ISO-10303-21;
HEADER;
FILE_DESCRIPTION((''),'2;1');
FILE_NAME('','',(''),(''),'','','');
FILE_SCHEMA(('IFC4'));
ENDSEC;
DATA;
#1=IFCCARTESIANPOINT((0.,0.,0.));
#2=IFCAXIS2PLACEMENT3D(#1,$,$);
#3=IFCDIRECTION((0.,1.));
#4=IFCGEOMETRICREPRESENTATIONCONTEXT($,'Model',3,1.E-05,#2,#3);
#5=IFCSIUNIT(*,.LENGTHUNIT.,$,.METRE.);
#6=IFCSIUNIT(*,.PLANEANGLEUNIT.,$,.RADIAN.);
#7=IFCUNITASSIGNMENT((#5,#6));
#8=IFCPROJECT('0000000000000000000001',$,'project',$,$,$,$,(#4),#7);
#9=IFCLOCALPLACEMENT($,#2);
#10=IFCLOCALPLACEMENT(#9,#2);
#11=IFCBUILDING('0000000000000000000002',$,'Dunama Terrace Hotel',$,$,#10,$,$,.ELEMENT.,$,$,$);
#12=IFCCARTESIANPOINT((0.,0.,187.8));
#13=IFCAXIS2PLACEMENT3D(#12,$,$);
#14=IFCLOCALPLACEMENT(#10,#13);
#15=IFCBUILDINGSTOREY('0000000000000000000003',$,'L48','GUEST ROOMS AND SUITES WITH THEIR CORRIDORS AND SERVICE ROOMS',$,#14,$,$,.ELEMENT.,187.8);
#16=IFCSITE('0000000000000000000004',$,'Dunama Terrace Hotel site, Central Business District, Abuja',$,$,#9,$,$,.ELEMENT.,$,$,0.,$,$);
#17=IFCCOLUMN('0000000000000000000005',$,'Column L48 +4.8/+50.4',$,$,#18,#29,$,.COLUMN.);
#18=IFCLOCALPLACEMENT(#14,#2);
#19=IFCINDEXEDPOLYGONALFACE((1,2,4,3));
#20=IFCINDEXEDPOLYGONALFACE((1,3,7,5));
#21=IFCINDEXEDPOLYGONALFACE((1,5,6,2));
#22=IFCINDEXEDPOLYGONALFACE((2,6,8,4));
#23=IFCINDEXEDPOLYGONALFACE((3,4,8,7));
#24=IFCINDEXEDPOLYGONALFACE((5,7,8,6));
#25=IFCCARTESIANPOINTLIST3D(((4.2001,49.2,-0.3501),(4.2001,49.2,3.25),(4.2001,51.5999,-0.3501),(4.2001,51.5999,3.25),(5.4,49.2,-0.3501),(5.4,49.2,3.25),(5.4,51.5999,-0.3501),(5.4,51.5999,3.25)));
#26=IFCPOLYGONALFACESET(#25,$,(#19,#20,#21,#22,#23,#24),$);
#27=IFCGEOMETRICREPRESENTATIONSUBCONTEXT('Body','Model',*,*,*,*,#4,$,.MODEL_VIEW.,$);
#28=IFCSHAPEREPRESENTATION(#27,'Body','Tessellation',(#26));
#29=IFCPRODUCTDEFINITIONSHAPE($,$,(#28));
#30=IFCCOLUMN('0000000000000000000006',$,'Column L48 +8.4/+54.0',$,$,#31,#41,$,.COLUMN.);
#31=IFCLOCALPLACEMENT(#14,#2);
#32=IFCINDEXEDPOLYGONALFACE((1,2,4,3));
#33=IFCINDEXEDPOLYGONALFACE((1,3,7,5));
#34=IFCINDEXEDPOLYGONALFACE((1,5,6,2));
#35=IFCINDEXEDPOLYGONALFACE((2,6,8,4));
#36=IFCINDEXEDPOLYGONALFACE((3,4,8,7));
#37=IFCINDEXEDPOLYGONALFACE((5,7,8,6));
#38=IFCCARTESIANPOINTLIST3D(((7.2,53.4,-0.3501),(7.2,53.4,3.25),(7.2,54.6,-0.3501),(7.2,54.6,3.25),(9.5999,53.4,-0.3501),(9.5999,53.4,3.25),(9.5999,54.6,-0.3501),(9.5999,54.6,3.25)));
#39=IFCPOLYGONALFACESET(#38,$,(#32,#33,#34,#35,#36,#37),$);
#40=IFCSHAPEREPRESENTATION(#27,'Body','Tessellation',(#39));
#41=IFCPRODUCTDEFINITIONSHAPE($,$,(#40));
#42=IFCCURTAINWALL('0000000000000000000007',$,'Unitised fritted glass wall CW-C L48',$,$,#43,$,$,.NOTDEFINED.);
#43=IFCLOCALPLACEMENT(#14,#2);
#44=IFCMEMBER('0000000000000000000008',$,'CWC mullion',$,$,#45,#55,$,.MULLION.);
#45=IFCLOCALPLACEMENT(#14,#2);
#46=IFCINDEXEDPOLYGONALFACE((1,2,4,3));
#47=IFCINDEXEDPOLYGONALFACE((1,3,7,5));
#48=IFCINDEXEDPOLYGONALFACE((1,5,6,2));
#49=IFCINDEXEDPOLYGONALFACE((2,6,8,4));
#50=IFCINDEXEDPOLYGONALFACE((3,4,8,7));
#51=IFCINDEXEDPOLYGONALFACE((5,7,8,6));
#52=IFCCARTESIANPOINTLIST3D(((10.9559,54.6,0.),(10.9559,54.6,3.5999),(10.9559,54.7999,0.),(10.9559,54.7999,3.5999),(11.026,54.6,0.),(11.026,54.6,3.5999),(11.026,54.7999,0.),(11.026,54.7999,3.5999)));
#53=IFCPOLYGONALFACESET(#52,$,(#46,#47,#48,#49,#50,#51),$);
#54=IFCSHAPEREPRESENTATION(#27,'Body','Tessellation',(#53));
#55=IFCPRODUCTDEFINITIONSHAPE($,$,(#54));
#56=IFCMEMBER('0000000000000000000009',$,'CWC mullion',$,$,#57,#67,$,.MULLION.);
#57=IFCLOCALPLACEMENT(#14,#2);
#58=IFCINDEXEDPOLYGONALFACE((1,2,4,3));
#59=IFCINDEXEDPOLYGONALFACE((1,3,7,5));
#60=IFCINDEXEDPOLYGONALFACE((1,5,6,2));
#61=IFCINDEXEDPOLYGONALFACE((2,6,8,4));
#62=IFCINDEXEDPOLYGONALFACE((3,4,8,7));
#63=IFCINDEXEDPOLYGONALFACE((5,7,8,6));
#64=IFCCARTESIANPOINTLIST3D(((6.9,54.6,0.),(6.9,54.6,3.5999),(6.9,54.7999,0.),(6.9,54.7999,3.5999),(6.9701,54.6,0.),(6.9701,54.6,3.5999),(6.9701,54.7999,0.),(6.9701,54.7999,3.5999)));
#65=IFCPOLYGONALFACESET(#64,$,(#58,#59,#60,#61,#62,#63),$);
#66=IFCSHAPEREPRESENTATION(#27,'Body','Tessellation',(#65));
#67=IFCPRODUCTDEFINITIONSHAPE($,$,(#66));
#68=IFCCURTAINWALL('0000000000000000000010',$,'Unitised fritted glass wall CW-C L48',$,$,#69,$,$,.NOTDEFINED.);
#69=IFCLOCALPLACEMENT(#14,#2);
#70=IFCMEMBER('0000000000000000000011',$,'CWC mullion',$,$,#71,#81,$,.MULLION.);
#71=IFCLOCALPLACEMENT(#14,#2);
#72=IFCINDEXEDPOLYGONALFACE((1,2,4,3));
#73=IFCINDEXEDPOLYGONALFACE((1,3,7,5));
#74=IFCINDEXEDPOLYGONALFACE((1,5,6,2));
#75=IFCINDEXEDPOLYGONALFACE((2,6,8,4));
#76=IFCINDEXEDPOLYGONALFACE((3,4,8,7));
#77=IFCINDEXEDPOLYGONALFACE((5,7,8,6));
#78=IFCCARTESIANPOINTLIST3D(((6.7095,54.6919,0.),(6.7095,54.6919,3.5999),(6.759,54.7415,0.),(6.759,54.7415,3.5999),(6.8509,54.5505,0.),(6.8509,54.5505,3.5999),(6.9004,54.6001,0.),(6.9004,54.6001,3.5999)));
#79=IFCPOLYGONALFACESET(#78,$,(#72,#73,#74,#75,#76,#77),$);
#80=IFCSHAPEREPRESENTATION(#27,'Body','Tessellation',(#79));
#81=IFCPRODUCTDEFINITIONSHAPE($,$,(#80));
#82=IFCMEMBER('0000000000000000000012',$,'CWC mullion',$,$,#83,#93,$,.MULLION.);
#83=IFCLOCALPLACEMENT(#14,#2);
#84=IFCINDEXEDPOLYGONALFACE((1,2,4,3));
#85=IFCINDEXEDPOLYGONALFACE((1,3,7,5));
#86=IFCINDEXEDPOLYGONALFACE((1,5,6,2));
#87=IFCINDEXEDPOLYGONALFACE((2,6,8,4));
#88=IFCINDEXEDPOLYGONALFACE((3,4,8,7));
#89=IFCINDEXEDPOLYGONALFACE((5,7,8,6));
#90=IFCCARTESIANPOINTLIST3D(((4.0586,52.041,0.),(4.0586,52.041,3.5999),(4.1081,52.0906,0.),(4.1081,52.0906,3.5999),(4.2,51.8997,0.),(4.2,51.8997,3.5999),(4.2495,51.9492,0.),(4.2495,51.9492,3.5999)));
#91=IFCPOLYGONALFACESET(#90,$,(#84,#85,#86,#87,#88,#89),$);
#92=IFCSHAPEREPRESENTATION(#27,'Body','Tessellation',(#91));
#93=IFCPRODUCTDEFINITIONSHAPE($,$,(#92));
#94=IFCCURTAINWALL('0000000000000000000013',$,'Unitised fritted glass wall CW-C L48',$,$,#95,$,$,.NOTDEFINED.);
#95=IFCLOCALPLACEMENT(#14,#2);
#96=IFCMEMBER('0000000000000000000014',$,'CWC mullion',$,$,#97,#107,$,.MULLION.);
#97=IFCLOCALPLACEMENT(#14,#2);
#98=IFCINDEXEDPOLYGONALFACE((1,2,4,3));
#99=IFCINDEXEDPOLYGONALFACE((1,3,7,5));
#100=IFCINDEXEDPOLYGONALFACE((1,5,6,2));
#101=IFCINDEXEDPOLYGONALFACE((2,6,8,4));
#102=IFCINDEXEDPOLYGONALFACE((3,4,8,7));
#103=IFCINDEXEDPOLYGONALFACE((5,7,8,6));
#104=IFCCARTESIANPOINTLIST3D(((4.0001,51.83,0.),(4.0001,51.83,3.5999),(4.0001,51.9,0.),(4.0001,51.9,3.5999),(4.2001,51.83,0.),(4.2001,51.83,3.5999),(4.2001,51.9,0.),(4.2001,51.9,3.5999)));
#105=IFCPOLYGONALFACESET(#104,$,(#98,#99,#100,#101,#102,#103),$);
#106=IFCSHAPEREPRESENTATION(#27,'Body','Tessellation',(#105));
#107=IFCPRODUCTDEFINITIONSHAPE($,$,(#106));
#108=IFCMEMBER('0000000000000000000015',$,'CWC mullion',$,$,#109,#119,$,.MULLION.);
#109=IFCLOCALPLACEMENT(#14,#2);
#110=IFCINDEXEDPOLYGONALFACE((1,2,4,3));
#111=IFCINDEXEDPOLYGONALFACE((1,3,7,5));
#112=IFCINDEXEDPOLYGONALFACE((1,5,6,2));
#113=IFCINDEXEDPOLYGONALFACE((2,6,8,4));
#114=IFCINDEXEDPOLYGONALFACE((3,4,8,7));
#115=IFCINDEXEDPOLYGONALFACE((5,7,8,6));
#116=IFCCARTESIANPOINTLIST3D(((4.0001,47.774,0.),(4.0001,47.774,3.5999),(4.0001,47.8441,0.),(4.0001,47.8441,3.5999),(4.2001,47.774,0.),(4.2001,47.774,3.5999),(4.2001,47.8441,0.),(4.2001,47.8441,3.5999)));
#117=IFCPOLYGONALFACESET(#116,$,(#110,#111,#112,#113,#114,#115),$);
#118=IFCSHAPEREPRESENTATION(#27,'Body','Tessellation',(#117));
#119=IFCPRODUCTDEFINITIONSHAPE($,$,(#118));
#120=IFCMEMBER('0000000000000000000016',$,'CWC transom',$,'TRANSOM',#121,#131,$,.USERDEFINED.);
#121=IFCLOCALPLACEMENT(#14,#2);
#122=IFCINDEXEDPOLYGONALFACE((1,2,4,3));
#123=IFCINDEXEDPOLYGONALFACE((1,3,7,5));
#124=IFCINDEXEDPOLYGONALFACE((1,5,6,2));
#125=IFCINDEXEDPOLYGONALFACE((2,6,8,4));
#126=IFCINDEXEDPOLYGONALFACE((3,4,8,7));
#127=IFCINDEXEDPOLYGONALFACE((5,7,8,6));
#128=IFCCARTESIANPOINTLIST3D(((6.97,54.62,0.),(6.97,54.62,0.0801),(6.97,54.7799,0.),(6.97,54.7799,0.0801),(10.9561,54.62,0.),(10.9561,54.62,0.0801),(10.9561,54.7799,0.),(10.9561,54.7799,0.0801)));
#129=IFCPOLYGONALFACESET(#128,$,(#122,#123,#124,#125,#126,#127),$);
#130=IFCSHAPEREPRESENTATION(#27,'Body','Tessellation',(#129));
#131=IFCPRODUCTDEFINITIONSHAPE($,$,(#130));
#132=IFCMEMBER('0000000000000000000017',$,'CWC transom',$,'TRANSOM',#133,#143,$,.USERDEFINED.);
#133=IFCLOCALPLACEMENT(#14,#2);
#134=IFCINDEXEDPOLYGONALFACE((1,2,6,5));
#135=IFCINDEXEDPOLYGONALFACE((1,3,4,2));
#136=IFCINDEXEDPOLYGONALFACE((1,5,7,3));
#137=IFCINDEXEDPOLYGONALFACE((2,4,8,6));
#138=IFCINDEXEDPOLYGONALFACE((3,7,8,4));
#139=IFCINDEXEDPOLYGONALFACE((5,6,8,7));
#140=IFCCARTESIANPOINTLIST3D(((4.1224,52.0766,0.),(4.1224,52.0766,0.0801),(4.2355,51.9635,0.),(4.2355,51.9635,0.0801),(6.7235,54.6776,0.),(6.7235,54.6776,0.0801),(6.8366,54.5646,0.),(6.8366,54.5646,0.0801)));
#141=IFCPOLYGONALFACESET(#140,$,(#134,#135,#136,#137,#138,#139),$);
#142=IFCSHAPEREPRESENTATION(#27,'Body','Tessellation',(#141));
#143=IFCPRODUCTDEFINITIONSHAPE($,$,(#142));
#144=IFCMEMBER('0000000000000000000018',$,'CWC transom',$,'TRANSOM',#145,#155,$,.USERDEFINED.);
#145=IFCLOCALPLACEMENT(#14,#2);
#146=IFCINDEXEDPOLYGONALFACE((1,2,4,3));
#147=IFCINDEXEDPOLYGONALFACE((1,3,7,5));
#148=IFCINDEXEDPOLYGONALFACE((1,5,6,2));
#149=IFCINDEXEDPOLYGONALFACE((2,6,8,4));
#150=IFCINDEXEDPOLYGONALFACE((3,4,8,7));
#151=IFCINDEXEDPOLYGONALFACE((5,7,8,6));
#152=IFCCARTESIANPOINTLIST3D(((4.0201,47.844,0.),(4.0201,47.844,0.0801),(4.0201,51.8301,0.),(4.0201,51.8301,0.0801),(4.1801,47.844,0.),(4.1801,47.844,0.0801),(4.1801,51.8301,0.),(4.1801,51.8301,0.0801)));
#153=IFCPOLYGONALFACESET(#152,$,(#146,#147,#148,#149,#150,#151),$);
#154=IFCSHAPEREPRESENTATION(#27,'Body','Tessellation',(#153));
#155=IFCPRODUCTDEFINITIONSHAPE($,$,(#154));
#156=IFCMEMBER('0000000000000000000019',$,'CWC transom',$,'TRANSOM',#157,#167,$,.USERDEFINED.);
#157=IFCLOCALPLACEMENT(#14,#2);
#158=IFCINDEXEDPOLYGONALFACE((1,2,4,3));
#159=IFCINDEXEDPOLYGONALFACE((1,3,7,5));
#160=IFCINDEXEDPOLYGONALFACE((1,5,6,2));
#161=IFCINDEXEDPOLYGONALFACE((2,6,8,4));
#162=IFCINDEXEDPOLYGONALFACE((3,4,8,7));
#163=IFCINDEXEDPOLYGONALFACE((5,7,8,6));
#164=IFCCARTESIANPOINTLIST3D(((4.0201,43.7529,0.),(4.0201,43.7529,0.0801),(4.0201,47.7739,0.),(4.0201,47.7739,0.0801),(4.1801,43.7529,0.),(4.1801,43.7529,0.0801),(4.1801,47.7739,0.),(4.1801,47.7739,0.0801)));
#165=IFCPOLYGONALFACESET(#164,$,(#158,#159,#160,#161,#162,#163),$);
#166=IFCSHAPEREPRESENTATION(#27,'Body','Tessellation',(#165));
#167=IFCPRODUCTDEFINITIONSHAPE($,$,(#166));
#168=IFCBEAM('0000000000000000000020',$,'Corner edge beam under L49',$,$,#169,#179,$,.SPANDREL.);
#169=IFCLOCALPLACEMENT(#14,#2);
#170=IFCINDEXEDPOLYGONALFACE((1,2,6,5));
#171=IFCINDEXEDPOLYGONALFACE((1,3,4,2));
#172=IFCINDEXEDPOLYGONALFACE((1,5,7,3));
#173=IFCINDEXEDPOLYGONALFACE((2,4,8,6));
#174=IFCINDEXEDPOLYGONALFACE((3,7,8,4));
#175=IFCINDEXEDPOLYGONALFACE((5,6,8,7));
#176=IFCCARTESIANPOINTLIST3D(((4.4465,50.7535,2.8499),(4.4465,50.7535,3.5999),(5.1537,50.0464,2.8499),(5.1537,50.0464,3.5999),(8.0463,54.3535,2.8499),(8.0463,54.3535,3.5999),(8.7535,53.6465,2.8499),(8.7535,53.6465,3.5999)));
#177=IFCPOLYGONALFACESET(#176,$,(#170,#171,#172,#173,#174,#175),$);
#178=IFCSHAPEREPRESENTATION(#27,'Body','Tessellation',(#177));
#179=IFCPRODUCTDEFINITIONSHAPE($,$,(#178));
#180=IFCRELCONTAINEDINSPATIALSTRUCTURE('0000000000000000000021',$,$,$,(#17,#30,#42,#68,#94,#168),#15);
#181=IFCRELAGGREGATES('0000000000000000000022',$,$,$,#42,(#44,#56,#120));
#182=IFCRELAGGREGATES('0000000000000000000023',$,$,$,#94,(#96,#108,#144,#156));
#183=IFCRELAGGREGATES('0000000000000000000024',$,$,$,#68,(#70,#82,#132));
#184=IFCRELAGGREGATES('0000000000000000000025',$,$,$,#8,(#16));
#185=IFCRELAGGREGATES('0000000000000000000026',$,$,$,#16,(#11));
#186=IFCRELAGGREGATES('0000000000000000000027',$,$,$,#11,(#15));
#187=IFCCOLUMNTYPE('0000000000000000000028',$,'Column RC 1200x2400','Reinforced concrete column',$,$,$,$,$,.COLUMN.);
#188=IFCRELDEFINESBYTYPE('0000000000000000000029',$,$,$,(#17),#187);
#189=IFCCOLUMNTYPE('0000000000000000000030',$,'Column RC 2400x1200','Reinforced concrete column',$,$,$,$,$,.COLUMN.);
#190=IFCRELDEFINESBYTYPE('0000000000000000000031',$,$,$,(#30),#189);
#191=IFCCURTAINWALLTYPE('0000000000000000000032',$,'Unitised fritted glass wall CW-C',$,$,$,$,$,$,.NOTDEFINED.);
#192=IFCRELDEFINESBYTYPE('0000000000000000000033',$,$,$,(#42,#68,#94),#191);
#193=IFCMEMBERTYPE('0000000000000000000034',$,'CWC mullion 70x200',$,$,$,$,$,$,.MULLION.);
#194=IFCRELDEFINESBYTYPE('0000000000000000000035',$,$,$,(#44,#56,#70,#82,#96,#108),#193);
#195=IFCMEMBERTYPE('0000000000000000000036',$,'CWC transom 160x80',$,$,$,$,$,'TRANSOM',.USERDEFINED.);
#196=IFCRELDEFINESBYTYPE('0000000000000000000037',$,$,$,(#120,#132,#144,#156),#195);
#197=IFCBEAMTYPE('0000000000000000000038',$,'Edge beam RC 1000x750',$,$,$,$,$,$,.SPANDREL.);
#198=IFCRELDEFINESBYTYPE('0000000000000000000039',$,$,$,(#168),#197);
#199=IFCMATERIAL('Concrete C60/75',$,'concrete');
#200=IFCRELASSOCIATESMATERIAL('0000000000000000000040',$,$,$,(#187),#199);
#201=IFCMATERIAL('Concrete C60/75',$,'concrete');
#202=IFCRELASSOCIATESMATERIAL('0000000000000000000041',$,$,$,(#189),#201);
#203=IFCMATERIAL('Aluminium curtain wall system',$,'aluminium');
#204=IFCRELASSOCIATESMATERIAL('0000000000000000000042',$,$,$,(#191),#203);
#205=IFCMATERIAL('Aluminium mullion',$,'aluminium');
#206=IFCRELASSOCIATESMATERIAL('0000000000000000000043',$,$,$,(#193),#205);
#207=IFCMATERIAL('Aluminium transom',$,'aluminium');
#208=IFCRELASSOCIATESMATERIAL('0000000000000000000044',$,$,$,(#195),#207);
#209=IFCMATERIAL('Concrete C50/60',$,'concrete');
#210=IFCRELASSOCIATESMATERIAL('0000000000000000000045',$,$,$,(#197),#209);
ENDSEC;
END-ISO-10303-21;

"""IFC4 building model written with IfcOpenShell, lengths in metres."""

from ifc_helpers import new_model, si_unit, direction, frame, origin, origin_2d, place, context, subcontext, project, spatial, rectangle, extrude, material, material_profile, profile_set, type_object, element, aggregate, save


model = new_model("IFC4")

# Units and contexts
model_context = context("Model", 3, precision=1e-05, world=origin(), true_north=direction((0.0, 1.0)))
body_context = subcontext(model_context, "Body", "Model", "MODEL_VIEW")
ifc_project = project(units=[si_unit("LENGTHUNIT", "METRE"), si_unit("PLANEANGLEUNIT", "RADIAN")], contexts=[model_context])

# Site, building, storey
site_placement = place(None, origin())
site = spatial("IfcSite", under=ifc_project, at=site_placement, Name="Dunama Terrace Hotel site, Central Business District, Abuja", CompositionType="ELEMENT", RefElevation=0.0)
building_placement = place(site_placement, origin())
building = spatial("IfcBuilding", under=site, at=building_placement, Name="Dunama Terrace Hotel", CompositionType="ELEMENT")
storey_placement = place(building_placement, frame((0.0, 0.0, 187.8)))
storey = spatial("IfcBuildingStorey", under=building, at=storey_placement, Name="L48", Description="GUEST ROOMS AND SUITES WITH THEIR CORRIDORS AND SERVICE ROOMS", CompositionType="ELEMENT", Elevation=187.8)

# Columns
ifc_material_1 = material(Name="Concrete C60/75", Category="concrete")
ifc_material_profile_1 = material_profile(ifc_material_1, rectangle(XDim=1.2, YDim=2.3999, at=origin_2d()), Name="RC 1200x2400")
ifc_profile_set_1 = profile_set([ifc_material_profile_1], Name="Concrete C60/75")
column_type_1 = type_object("IfcColumnType", Name="Column RC 1200x2400", Description="Reinforced concrete column", PredefinedType="COLUMN", material=ifc_profile_set_1)
column_1_placement = place(storey_placement, frame((4.8, 50.3999, -0.3501), z_axis=(0.0, 0.0, 1.0), x_axis=(1.0, 0.0, 0.0)))
element("IfcColumn", 1, at=column_1_placement, inside=storey, type_object=column_type_1, Name="Column L48 +4.8/+50.4", PredefinedType="COLUMN", context=body_context, shape_type="SweptSolid", body=[
    extrude(rectangle(XDim=1.2, YDim=2.3999, at=origin_2d()), origin(), (0.0, 0.0, 1.0), 3.6001),
])
ifc_material_2 = material(Name="Concrete C60/75", Category="concrete")
ifc_material_profile_2 = material_profile(ifc_material_2, rectangle(XDim=2.3999, YDim=1.2, at=origin_2d()), Name="RC 2400x1200")
ifc_profile_set_2 = profile_set([ifc_material_profile_2], Name="Concrete C60/75")
column_type_2 = type_object("IfcColumnType", Name="Column RC 2400x1200", Description="Reinforced concrete column", PredefinedType="COLUMN", material=ifc_profile_set_2)
column_2_placement = place(storey_placement, frame((8.3999, 54.0, -0.3501), z_axis=(0.0, 0.0, 1.0), x_axis=(1.0, 0.0, 0.0)))
element("IfcColumn", 2, at=column_2_placement, inside=storey, type_object=column_type_2, Name="Column L48 +8.4/+54.0", PredefinedType="COLUMN", context=body_context, shape_type="SweptSolid", body=[
    extrude(rectangle(XDim=2.3999, YDim=1.2, at=origin_2d()), origin(), (0.0, 0.0, 1.0), 3.6001),
])

# Curtain walls, members
ifc_material_3 = material(Name="Aluminium curtain wall system", Category="aluminium")
curtain_wall_type = type_object("IfcCurtainWallType", Name="Unitised fritted glass wall CW-C", PredefinedType="NOTDEFINED", material=ifc_material_3)
curtain_wall_1_placement = place(storey_placement, origin())
curtain_wall_1 = element("IfcCurtainWall", 3, at=curtain_wall_1_placement, inside=storey, type_object=curtain_wall_type, Name="Unitised fritted glass wall CW-C L48", PredefinedType="NOTDEFINED")
ifc_material_4 = material(Name="Aluminium mullion", Category="aluminium")
ifc_material_profile_3 = material_profile(ifc_material_4, rectangle(XDim=0.0701, YDim=0.2, at=origin_2d()), Name="CWC MULLION 70X200")
ifc_profile_set_3 = profile_set([ifc_material_profile_3], Name="Aluminium mullion")
member_type_1 = type_object("IfcMemberType", Name="CWC mullion 70x200", PredefinedType="MULLION", material=ifc_profile_set_3)
member_1_placement = place(storey_placement, frame((10.991, 54.7, 0.0), z_axis=(0.0, 0.0, 1.0), x_axis=(-1.0, 0.0, 0.0)))
member_1 = element("IfcMember", 4, at=member_1_placement, type_object=member_type_1, Name="CWC mullion", PredefinedType="MULLION", context=body_context, shape_type="SweptSolid", body=[
    extrude(rectangle(XDim=0.0701, YDim=0.2, at=origin_2d()), origin(), (0.0, 0.0, 1.0), 3.5999),
])
member_2_placement = place(storey_placement, frame((6.9351, 54.7, 0.0), z_axis=(0.0, 0.0, 1.0), x_axis=(-1.0, 0.0, 0.0)))
member_2 = element("IfcMember", 5, at=member_2_placement, type_object=member_type_1, Name="CWC mullion", PredefinedType="MULLION", context=body_context, shape_type="SweptSolid", body=[
    extrude(rectangle(XDim=0.0701, YDim=0.2, at=origin_2d()), origin(), (0.0, 0.0, 1.0), 3.5999),
])
curtain_wall_2_placement = place(storey_placement, origin())
curtain_wall_2 = element("IfcCurtainWall", 6, at=curtain_wall_2_placement, inside=storey, type_object=curtain_wall_type, Name="Unitised fritted glass wall CW-C L48", PredefinedType="NOTDEFINED")
member_3_placement = place(storey_placement, frame((6.8049, 54.646, 0.0), z_axis=(0.0, 0.0, 1.0), x_axis=(-0.707107, -0.707107, 0.0)))
member_3 = element("IfcMember", 7, at=member_3_placement, type_object=member_type_1, Name="CWC mullion", PredefinedType="MULLION", context=body_context, shape_type="SweptSolid", body=[
    extrude(rectangle(XDim=0.0701, YDim=0.2, at=origin_2d()), origin(), (0.0, 0.0, 1.0), 3.5999),
])
member_4_placement = place(storey_placement, frame((4.1541, 51.9951, 0.0), z_axis=(0.0, 0.0, 1.0), x_axis=(-0.707107, -0.707107, 0.0)))
member_4 = element("IfcMember", 8, at=member_4_placement, type_object=member_type_1, Name="CWC mullion", PredefinedType="MULLION", context=body_context, shape_type="SweptSolid", body=[
    extrude(rectangle(XDim=0.0701, YDim=0.2, at=origin_2d()), origin(), (0.0, 0.0, 1.0), 3.5999),
])
curtain_wall_3_placement = place(storey_placement, origin())
curtain_wall_3 = element("IfcCurtainWall", 9, at=curtain_wall_3_placement, inside=storey, type_object=curtain_wall_type, Name="Unitised fritted glass wall CW-C L48", PredefinedType="NOTDEFINED")
member_5_placement = place(storey_placement, frame((4.1001, 51.865, 0.0), z_axis=(0.0, 0.0, 1.0), x_axis=(0.0, -1.0, 0.0)))
member_5 = element("IfcMember", 10, at=member_5_placement, type_object=member_type_1, Name="CWC mullion", PredefinedType="MULLION", context=body_context, shape_type="SweptSolid", body=[
    extrude(rectangle(XDim=0.0701, YDim=0.2, at=origin_2d()), origin(), (0.0, 0.0, 1.0), 3.5999),
])
member_6_placement = place(storey_placement, frame((4.1001, 47.8091, 0.0), z_axis=(0.0, 0.0, 1.0), x_axis=(0.0, -1.0, 0.0)))
member_6 = element("IfcMember", 11, at=member_6_placement, type_object=member_type_1, Name="CWC mullion", PredefinedType="MULLION", context=body_context, shape_type="SweptSolid", body=[
    extrude(rectangle(XDim=0.0701, YDim=0.2, at=origin_2d()), origin(), (0.0, 0.0, 1.0), 3.5999),
])

# Members
ifc_material_5 = material(Name="Aluminium transom", Category="aluminium")
ifc_material_profile_4 = material_profile(ifc_material_5, rectangle(XDim=0.1599, YDim=0.0801, at=origin_2d()), Name="CWC TRANSOM 160X80")
ifc_profile_set_4 = profile_set([ifc_material_profile_4], Name="Aluminium transom")
member_type_2 = type_object("IfcMemberType", Name="CWC transom 160x80", ElementType="TRANSOM", PredefinedType="USERDEFINED", material=ifc_profile_set_4)
member_7_placement = place(storey_placement, frame((10.9561, 54.7, 0.04), z_axis=(-1.0, 0.0, 0.0), x_axis=(0.0, -1.0, 0.0)))
member_7 = element("IfcMember", 12, at=member_7_placement, type_object=member_type_2, Name="CWC transom", ObjectType="TRANSOM", PredefinedType="USERDEFINED", context=body_context, shape_type="SweptSolid", body=[
    extrude(rectangle(XDim=0.1599, YDim=0.0801, at=origin_2d()), origin(), (0.0, 0.0, 1.0), 3.9861),
])
member_8_placement = place(storey_placement, frame((6.78, 54.6211, 0.04), z_axis=(-0.707107, -0.707107, 0.0), x_axis=(0.707107, -0.707107, 0.0)))
member_8 = element("IfcMember", 13, at=member_8_placement, type_object=member_type_2, Name="CWC transom", ObjectType="TRANSOM", PredefinedType="USERDEFINED", context=body_context, shape_type="SweptSolid", body=[
    extrude(rectangle(XDim=0.1599, YDim=0.0801, at=origin_2d()), origin(), (0.0, 0.0, 1.0), 3.6785),
])
member_9_placement = place(storey_placement, frame((4.1001, 51.8301, 0.04), z_axis=(0.0, -1.0, 0.0), x_axis=(1.0, 0.0, 0.0)))
member_9 = element("IfcMember", 14, at=member_9_placement, type_object=member_type_2, Name="CWC transom", ObjectType="TRANSOM", PredefinedType="USERDEFINED", context=body_context, shape_type="SweptSolid", body=[
    extrude(rectangle(XDim=0.1599, YDim=0.0801, at=origin_2d()), origin(), (0.0, 0.0, 1.0), 3.9861),
])
member_10_placement = place(storey_placement, frame((4.1001, 47.7739, 0.04), z_axis=(0.0, -1.0, 0.0), x_axis=(1.0, 0.0, 0.0)))
member_10 = element("IfcMember", 15, at=member_10_placement, type_object=member_type_2, Name="CWC transom", ObjectType="TRANSOM", PredefinedType="USERDEFINED", context=body_context, shape_type="SweptSolid", body=[
    extrude(rectangle(XDim=0.1599, YDim=0.0801, at=origin_2d()), origin(), (0.0, 0.0, 1.0), 4.021),
])

# Beam
ifc_material_6 = material(Name="Concrete C50/60", Category="concrete")
ifc_material_profile_5 = material_profile(ifc_material_6, rectangle(XDim=1.0, YDim=0.75, at=origin_2d()), Name="RC 1000x750")
ifc_profile_set_5 = profile_set([ifc_material_profile_5], Name="Concrete C50/60")
beam_type_1 = type_object("IfcBeamType", Name="Edge beam RC 1000x750", PredefinedType="SPANDREL", material=ifc_profile_set_5)
beam_1_placement = place(storey_placement, frame((8.3999, 54.0, 3.2249), z_axis=(-0.707083, -0.707131, 0.0), x_axis=(0.707131, -0.707083, 0.0)))
element("IfcBeam", 16, at=beam_1_placement, inside=storey, type_object=beam_type_1, Name="Corner edge beam under L49", PredefinedType="SPANDREL", context=body_context, shape_type="SweptSolid", body=[
    extrude(rectangle(XDim=1.0, YDim=0.75, at=origin_2d()), origin(), (0.0, 0.0, 1.0), 5.0911),
])

aggregate(curtain_wall_1, [member_1, member_2, member_7])
aggregate(curtain_wall_3, [member_5, member_6, member_9, member_10])
aggregate(curtain_wall_2, [member_3, member_4, member_8])

save(model, "model.ifc")
